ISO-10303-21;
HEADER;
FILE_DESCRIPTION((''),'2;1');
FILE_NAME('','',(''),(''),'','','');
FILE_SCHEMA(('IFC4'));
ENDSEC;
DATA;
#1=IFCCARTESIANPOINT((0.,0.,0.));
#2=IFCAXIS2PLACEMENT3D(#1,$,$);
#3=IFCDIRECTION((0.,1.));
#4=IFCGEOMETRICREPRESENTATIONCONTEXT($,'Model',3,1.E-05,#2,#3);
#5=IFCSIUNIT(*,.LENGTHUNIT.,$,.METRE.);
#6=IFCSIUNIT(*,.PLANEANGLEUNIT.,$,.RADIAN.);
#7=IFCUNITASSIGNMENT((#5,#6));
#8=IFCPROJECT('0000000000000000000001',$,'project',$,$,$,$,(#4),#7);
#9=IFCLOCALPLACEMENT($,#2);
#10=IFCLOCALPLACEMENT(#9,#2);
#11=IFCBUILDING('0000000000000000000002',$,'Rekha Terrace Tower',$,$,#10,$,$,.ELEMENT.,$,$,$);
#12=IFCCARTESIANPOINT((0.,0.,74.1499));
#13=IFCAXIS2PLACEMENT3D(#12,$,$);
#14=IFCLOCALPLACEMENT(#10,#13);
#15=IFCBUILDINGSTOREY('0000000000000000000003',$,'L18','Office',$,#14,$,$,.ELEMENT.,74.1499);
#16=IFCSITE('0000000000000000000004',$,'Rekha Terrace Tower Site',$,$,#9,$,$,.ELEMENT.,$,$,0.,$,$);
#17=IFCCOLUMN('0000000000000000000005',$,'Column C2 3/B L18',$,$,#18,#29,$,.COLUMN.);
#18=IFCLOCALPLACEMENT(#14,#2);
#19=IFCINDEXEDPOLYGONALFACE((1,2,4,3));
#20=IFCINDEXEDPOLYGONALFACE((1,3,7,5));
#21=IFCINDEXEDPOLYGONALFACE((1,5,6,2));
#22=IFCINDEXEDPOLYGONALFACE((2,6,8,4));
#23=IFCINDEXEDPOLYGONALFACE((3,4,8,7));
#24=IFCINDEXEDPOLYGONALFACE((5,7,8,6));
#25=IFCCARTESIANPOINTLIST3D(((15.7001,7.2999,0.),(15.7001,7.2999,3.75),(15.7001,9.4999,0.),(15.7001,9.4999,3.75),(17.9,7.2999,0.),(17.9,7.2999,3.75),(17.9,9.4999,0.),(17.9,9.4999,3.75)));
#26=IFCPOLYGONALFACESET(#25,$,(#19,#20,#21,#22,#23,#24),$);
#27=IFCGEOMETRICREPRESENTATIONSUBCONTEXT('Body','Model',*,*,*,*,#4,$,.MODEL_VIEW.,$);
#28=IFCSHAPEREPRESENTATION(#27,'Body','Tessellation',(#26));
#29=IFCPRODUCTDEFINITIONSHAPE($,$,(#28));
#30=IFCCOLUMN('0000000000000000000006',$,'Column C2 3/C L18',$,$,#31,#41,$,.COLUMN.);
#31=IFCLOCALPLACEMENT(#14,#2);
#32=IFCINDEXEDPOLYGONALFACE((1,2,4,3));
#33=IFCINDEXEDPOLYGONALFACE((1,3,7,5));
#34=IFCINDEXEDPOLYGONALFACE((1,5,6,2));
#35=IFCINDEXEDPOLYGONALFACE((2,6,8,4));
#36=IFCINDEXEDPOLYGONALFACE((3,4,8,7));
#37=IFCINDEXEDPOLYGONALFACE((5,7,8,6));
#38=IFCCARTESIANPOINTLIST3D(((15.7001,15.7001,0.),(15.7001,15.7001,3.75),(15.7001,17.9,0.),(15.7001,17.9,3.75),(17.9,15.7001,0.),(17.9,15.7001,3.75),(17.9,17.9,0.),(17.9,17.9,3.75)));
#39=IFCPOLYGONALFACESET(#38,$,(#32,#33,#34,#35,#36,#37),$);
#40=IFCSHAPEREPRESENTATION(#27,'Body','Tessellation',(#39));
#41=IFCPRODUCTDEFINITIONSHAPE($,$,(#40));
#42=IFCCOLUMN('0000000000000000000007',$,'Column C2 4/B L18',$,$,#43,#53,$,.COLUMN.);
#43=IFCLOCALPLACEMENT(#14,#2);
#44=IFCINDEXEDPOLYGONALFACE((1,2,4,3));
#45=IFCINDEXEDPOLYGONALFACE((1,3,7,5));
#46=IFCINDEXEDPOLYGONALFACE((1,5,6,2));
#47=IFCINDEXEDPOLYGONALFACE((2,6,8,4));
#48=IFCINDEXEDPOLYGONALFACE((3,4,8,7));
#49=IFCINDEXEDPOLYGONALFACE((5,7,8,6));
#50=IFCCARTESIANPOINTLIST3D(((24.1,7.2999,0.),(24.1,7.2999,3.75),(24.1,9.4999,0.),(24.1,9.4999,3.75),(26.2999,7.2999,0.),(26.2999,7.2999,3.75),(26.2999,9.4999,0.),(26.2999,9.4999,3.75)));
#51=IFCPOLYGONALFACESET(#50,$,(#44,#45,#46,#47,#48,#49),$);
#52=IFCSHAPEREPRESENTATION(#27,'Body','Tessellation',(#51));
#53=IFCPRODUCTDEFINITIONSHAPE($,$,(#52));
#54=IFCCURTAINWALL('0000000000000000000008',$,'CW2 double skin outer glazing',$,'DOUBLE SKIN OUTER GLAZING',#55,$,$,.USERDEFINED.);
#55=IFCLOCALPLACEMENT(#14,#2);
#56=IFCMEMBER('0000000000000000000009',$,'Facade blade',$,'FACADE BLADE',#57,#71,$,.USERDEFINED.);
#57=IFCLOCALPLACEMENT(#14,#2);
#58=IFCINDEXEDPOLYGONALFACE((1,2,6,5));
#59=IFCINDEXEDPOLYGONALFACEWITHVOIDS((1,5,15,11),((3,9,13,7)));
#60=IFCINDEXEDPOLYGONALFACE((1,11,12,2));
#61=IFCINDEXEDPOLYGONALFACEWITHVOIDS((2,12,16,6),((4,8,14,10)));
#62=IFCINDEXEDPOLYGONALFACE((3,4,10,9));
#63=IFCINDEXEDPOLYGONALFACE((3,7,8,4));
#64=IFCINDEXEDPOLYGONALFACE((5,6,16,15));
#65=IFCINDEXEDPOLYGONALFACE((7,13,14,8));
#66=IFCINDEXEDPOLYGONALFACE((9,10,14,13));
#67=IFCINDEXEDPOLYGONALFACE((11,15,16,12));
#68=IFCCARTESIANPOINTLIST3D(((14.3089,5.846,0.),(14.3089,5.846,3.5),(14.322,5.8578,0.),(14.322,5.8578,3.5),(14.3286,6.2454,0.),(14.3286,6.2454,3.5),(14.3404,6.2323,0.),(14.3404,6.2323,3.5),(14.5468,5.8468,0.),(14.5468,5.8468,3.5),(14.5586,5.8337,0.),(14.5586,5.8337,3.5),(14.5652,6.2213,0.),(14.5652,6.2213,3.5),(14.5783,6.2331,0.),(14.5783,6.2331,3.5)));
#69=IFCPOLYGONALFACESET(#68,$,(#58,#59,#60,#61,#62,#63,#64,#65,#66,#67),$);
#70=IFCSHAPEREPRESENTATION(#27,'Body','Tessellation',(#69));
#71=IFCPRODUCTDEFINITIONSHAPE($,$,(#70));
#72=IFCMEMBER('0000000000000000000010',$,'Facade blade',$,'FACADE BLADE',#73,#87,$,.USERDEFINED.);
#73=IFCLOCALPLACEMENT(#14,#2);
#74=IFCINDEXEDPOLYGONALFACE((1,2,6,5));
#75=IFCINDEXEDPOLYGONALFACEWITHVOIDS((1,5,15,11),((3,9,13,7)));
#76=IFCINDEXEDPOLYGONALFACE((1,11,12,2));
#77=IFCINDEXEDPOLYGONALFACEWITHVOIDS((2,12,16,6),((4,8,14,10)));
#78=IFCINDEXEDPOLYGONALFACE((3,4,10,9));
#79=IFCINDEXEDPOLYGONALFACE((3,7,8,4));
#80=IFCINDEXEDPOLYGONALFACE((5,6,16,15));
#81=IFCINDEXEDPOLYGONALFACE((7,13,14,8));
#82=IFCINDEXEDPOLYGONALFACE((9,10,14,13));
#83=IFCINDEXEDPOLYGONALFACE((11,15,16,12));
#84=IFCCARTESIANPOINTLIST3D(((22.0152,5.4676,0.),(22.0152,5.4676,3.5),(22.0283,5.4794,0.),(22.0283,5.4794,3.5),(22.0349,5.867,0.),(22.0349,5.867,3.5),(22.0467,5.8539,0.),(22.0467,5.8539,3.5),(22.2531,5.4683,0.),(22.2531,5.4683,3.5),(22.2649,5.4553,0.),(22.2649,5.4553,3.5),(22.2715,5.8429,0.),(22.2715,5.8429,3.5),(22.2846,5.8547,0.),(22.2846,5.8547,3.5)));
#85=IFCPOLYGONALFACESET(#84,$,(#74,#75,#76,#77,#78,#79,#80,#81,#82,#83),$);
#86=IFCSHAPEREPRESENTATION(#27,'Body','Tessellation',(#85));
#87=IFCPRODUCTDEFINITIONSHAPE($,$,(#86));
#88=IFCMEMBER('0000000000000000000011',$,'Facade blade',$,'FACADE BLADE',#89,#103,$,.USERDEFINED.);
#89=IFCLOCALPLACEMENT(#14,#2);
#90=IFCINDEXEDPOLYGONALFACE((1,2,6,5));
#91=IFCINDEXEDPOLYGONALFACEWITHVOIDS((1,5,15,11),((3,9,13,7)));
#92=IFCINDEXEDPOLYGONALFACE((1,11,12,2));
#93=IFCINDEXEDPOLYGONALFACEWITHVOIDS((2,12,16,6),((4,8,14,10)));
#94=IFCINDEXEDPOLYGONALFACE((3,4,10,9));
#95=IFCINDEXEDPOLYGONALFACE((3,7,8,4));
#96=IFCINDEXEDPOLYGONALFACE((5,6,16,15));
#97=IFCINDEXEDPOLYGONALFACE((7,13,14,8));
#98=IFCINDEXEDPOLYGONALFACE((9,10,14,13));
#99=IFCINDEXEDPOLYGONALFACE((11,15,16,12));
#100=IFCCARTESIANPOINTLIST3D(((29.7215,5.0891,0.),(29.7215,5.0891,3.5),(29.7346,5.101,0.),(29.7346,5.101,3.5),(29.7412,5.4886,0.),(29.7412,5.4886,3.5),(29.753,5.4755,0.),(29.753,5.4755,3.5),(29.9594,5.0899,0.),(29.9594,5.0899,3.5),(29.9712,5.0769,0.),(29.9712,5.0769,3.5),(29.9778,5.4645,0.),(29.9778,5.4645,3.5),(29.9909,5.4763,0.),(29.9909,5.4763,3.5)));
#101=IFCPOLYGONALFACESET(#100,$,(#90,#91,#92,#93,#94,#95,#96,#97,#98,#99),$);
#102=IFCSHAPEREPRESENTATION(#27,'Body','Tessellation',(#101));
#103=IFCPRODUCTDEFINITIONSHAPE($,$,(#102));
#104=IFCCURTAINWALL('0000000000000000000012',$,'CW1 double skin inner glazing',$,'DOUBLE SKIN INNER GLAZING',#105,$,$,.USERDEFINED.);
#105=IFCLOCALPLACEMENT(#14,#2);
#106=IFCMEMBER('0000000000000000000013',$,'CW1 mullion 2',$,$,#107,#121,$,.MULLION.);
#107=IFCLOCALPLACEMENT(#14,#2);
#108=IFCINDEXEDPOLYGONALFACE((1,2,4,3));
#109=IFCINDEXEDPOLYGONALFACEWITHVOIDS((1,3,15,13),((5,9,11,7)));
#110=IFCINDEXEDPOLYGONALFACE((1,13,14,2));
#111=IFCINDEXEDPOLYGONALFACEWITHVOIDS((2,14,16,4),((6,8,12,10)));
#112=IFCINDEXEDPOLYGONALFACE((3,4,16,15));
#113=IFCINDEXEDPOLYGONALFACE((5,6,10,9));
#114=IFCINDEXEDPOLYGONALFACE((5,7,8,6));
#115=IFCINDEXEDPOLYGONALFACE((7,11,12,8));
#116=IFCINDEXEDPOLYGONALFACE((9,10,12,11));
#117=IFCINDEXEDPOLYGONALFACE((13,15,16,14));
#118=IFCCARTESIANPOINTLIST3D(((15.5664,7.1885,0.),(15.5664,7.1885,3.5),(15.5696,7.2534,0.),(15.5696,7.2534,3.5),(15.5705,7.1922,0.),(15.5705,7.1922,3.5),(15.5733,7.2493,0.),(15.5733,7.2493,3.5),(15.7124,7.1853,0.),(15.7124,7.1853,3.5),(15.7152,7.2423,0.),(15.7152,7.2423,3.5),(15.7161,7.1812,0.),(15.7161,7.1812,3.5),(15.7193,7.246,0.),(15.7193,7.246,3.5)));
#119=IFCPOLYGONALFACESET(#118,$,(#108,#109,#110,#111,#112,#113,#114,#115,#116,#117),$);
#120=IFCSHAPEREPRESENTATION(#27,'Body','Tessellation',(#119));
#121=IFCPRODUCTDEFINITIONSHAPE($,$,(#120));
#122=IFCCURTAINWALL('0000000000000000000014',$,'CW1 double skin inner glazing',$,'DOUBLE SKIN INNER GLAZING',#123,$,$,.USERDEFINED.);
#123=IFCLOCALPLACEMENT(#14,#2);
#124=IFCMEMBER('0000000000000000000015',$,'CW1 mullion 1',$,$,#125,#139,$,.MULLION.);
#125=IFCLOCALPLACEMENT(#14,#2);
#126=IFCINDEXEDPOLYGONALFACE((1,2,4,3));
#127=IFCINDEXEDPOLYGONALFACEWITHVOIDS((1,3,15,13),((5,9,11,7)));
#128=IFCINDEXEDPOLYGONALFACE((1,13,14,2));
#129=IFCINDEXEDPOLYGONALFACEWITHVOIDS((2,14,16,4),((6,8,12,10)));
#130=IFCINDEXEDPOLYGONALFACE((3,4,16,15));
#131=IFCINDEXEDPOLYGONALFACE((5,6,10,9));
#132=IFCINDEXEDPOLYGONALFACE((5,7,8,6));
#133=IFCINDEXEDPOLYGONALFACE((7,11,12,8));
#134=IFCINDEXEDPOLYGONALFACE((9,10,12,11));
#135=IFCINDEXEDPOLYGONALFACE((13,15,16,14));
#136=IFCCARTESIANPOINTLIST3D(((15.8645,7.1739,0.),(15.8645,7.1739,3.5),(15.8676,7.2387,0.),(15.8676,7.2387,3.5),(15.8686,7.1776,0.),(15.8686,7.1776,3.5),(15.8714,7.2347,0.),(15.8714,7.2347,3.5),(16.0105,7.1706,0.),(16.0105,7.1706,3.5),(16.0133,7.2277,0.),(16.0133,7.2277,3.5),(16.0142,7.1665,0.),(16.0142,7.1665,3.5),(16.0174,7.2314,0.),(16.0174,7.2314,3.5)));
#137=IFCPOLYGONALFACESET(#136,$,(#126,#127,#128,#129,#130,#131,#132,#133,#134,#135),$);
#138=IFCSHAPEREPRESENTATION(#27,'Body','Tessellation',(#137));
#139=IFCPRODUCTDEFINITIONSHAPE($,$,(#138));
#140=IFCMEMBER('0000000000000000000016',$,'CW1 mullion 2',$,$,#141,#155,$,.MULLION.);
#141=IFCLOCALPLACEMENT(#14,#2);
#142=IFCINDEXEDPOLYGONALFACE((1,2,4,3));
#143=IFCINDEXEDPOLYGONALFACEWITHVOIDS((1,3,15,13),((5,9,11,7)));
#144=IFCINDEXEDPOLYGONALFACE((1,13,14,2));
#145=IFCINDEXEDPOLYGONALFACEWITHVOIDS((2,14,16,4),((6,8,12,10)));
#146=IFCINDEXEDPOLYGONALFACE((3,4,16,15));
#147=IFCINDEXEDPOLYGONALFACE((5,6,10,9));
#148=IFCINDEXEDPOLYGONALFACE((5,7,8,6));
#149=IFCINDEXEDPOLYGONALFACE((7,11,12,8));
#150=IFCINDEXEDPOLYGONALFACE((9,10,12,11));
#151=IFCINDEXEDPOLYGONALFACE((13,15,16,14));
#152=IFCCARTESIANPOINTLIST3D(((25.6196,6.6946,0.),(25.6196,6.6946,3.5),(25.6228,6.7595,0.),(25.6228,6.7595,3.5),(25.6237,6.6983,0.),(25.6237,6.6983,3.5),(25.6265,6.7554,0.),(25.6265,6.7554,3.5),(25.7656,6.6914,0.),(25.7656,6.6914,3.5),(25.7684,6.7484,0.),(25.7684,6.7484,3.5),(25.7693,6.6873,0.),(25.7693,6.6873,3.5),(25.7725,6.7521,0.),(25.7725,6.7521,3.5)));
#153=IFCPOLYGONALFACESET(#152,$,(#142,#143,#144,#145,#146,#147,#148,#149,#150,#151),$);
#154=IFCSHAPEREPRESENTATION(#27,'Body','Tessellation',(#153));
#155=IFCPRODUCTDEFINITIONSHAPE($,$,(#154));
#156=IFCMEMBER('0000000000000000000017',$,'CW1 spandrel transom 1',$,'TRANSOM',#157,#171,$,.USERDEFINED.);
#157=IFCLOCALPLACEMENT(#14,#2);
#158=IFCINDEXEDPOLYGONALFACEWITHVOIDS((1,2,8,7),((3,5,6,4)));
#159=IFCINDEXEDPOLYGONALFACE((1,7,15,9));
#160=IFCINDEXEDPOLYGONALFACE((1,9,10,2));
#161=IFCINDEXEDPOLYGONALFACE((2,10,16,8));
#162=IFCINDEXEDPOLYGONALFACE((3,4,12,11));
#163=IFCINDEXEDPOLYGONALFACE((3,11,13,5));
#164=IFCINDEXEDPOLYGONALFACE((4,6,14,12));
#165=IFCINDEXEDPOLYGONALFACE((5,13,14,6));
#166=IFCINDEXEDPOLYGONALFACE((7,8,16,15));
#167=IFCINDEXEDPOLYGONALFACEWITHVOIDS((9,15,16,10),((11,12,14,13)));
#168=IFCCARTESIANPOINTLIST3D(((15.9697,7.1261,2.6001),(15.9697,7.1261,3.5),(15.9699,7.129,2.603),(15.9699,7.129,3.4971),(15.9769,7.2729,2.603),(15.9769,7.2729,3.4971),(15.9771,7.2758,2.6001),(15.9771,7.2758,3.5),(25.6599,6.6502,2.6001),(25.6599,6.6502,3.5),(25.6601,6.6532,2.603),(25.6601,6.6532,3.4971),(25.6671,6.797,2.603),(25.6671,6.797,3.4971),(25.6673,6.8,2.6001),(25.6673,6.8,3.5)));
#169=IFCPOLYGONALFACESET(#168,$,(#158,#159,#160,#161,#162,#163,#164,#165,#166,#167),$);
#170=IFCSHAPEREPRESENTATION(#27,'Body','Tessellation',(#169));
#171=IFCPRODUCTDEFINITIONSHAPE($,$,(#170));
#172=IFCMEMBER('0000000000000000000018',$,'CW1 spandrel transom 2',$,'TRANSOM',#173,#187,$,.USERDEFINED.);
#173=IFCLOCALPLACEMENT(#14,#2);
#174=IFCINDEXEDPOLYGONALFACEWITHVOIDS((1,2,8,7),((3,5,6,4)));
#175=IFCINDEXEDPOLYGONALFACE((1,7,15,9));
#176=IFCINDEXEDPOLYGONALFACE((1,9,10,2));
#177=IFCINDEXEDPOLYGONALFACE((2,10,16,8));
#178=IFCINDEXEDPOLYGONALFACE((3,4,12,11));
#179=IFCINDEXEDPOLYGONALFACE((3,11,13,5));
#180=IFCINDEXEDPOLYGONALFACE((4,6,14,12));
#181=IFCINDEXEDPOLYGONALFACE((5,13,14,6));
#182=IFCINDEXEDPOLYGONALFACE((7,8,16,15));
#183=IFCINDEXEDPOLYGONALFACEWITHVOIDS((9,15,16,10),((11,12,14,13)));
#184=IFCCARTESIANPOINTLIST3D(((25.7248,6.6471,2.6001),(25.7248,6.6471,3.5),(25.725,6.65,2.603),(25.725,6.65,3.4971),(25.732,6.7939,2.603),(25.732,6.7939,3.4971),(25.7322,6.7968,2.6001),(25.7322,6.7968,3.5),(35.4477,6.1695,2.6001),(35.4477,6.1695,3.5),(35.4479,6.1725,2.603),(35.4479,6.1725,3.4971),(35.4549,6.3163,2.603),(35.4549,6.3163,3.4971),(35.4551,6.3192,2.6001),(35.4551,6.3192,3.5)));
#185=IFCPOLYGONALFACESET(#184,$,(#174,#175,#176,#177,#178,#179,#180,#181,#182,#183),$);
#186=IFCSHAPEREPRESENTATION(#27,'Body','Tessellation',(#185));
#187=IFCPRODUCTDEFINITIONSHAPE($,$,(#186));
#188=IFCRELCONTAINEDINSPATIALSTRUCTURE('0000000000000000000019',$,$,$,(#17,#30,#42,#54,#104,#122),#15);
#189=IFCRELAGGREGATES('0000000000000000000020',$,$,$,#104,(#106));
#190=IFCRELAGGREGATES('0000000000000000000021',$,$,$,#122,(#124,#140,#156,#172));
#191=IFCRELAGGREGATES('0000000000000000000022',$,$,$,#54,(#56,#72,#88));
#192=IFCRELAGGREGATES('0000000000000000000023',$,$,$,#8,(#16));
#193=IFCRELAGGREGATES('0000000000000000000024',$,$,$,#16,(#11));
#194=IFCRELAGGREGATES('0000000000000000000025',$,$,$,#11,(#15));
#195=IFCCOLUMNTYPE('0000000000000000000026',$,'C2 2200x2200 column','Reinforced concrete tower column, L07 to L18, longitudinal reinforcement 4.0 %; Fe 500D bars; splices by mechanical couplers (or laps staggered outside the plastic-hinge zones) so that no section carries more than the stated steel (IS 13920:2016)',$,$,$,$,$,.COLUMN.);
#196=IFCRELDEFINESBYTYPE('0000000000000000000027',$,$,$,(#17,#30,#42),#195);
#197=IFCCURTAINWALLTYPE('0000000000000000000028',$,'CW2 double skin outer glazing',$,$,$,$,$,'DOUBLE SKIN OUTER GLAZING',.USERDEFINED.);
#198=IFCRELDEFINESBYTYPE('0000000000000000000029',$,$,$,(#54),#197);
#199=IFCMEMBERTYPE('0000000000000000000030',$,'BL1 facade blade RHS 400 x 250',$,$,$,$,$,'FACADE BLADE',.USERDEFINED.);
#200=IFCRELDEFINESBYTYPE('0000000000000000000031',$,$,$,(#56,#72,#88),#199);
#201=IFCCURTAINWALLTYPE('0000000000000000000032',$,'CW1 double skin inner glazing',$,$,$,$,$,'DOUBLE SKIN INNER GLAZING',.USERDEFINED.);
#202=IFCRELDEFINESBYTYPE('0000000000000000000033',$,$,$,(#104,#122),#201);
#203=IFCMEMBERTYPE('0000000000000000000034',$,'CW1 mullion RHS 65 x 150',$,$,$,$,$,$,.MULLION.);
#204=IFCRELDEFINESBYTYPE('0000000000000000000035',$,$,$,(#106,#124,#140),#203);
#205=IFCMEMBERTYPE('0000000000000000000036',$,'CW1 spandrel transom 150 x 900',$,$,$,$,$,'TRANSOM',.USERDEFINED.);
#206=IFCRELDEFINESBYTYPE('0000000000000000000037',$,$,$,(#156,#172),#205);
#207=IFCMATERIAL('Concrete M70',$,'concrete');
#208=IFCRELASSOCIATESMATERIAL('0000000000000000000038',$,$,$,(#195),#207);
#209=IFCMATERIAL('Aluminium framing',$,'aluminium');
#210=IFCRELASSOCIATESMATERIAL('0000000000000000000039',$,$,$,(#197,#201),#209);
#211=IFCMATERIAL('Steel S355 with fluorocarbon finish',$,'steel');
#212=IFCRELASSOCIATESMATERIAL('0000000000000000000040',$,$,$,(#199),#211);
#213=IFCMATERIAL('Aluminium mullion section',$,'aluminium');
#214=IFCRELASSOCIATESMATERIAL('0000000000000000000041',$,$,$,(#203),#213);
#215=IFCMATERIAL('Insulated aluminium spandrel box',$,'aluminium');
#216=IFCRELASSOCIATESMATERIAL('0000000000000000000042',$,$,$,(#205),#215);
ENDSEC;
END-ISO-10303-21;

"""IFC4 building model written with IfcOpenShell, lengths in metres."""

from ifc_helpers import new_model, si_unit, direction, frame, origin, origin_2d, place, context, subcontext, project, spatial, rectangle, hollow_rectangle, extrude, material, material_profile, profile_set, type_object, element, aggregate, save


model = new_model("IFC4")

# Units and contexts
model_context = context("Model", 3, precision=1e-05, world=origin(), true_north=direction((0.0, 1.0)))
body_context = subcontext(model_context, "Body", "Model", "MODEL_VIEW")
ifc_project = project(units=[si_unit("LENGTHUNIT", "METRE"), si_unit("PLANEANGLEUNIT", "RADIAN")], contexts=[model_context])

# Site, building, storey
site_placement = place(None, origin())
site = spatial("IfcSite", under=ifc_project, at=site_placement, Name="Rekha Terrace Tower Site", CompositionType="ELEMENT", RefElevation=0.0)
building_placement = place(site_placement, origin())
building = spatial("IfcBuilding", under=site, at=building_placement, Name="Rekha Terrace Tower", CompositionType="ELEMENT")
storey_placement = place(building_placement, frame((0.0, 0.0, 74.1499)))
storey = spatial("IfcBuildingStorey", under=building, at=storey_placement, Name="L18", Description="Office", CompositionType="ELEMENT", Elevation=74.1499)

# Columns
ifc_material_1 = material(Name="Concrete M70", Category="concrete")
ifc_material_profile_1 = material_profile(ifc_material_1, rectangle(XDim=2.2, YDim=2.2, at=origin_2d()), Name="RC 2200x2200")
ifc_profile_set_1 = profile_set([ifc_material_profile_1], Name="Concrete M70")
column_type = type_object("IfcColumnType", Name="C2 2200x2200 column", Description="Reinforced concrete tower column, L07 to L18, longitudinal reinforcement 4.0 %; Fe 500D bars; splices by mechanical couplers (or laps staggered outside the plastic-hinge zones) so that no section carries more than the stated steel (IS 13920:2016)", PredefinedType="COLUMN", material=ifc_profile_set_1)
for number, where, z_axis, x_axis, name in (
    (1, (16.8, 8.3999, 0.0), (0.0, 0.0, 1.0), (1.0, 0.0, 0.0), "Column C2 3/B L18"),
    (2, (16.8, 16.8, 0.0), (0.0, 0.0, 1.0), (1.0, 0.0, 0.0), "Column C2 3/C L18"),
    (3, (25.2, 8.3999, 0.0), (0.0, 0.0, 1.0), (1.0, 0.0, 0.0), "Column C2 4/B L18"),
):
    element("IfcColumn", number, at=place(storey_placement, frame(where, z_axis=z_axis, x_axis=x_axis)), inside=storey, type_object=column_type, Name=name, PredefinedType="COLUMN", context=body_context, shape_type="SweptSolid", body=[
        extrude(rectangle(XDim=2.2, YDim=2.2, at=origin_2d()), origin(), (0.0, 0.0, 1.0), 3.75),
    ])

# Curtain wall, members
ifc_material_2 = material(Name="Aluminium framing", Category="aluminium")
curtain_wall_type_1 = type_object("IfcCurtainWallType", Name="CW2 double skin outer glazing", ElementType="DOUBLE SKIN OUTER GLAZING", PredefinedType="USERDEFINED", material=ifc_material_2)
curtain_wall_1_placement = place(storey_placement, origin())
curtain_wall_1 = element("IfcCurtainWall", 4, at=curtain_wall_1_placement, inside=storey, type_object=curtain_wall_type_1, Name="CW2 double skin outer glazing", ObjectType="DOUBLE SKIN OUTER GLAZING", PredefinedType="USERDEFINED")
ifc_material_3 = material(Name="Steel S355 with fluorocarbon finish", Category="steel")
ifc_material_profile_2 = material_profile(ifc_material_3, hollow_rectangle(XDim=0.25, YDim=0.3999, WallThickness=0.0125, at=origin_2d()), Name="RHS400x250x12.5")
ifc_profile_set_2 = profile_set([ifc_material_profile_2], Name="Steel S355 with fluorocarbon finish")
member_type_1 = type_object("IfcMemberType", Name="BL1 facade blade RHS 400 x 250", ElementType="FACADE BLADE", PredefinedType="USERDEFINED", material=ifc_profile_set_2)
member_1_placement = place(storey_placement, frame((14.4436, 6.0396, 0.0), z_axis=(0.0, 0.0, 1.0), x_axis=(0.998796, -0.049052, 0.0)))
member_1 = element("IfcMember", 5, at=member_1_placement, type_object=member_type_1, Name="Facade blade", ObjectType="FACADE BLADE", PredefinedType="USERDEFINED", context=body_context, shape_type="SweptSolid", body=[
    extrude(hollow_rectangle(XDim=0.25, YDim=0.3999, WallThickness=0.0125, at=origin_2d()), origin(), (0.0, 0.0, 1.0), 3.5),
])
member_2_placement = place(storey_placement, frame((22.1499, 5.6611, 0.0), z_axis=(0.0, 0.0, 1.0), x_axis=(0.998796, -0.049052, 0.0)))
member_2 = element("IfcMember", 6, at=member_2_placement, type_object=member_type_1, Name="Facade blade", ObjectType="FACADE BLADE", PredefinedType="USERDEFINED", context=body_context, shape_type="SweptSolid", body=[
    extrude(hollow_rectangle(XDim=0.25, YDim=0.3999, WallThickness=0.0125, at=origin_2d()), origin(), (0.0, 0.0, 1.0), 3.5),
])
member_3_placement = place(storey_placement, frame((29.8562, 5.2827, 0.0), z_axis=(0.0, 0.0, 1.0), x_axis=(0.998796, -0.049052, 0.0)))
member_3 = element("IfcMember", 7, at=member_3_placement, type_object=member_type_1, Name="Facade blade", ObjectType="FACADE BLADE", PredefinedType="USERDEFINED", context=body_context, shape_type="SweptSolid", body=[
    extrude(hollow_rectangle(XDim=0.25, YDim=0.3999, WallThickness=0.0125, at=origin_2d()), origin(), (0.0, 0.0, 1.0), 3.5),
])

# Curtain wall, member
curtain_wall_type_2 = type_object("IfcCurtainWallType", Name="CW1 double skin inner glazing", ElementType="DOUBLE SKIN INNER GLAZING", PredefinedType="USERDEFINED", material=ifc_material_2)
curtain_wall_2_placement = place(storey_placement, origin())
curtain_wall_2 = element("IfcCurtainWall", 8, at=curtain_wall_2_placement, inside=storey, type_object=curtain_wall_type_2, Name="CW1 double skin inner glazing", ObjectType="DOUBLE SKIN INNER GLAZING", PredefinedType="USERDEFINED")
ifc_material_4 = material(Name="Aluminium mullion section", Category="aluminium")
ifc_material_profile_3 = material_profile(ifc_material_4, hollow_rectangle(XDim=0.0649, YDim=0.1499, WallThickness=0.0039, at=origin_2d()), Name="AL RHS 65x150")
ifc_profile_set_3 = profile_set([ifc_material_profile_3], Name="Aluminium mullion section")
member_type_2 = type_object("IfcMemberType", Name="CW1 mullion RHS 65 x 150", PredefinedType="MULLION", material=ifc_profile_set_3)
member_4_placement = place(storey_placement, frame((15.6428, 7.2173, 0.0), z_axis=(0.0, 0.0, 1.0), x_axis=(0.049052, 0.998796, 0.0)))
member_4 = element("IfcMember", 9, at=member_4_placement, type_object=member_type_2, Name="CW1 mullion 2", PredefinedType="MULLION", context=body_context, shape_type="SweptSolid", body=[
    extrude(hollow_rectangle(XDim=0.0649, YDim=0.1499, WallThickness=0.0039, at=origin_2d()), origin(), (0.0, 0.0, 1.0), 3.5),
])
aggregate(curtain_wall_2, [member_4])

# Curtain wall, members
curtain_wall_3_placement = place(storey_placement, origin())
curtain_wall_3 = element("IfcCurtainWall", 10, at=curtain_wall_3_placement, inside=storey, type_object=curtain_wall_type_2, Name="CW1 double skin inner glazing", ObjectType="DOUBLE SKIN INNER GLAZING", PredefinedType="USERDEFINED")
member_5_placement = place(storey_placement, frame((15.9409, 7.2026, 0.0), z_axis=(0.0, 0.0, 1.0), x_axis=(0.049052, 0.998796, 0.0)))
member_5 = element("IfcMember", 11, at=member_5_placement, type_object=member_type_2, Name="CW1 mullion 1", PredefinedType="MULLION", context=body_context, shape_type="SweptSolid", body=[
    extrude(hollow_rectangle(XDim=0.0649, YDim=0.1499, WallThickness=0.0039, at=origin_2d()), origin(), (0.0, 0.0, 1.0), 3.5),
])
member_6_placement = place(storey_placement, frame((25.696, 6.7234, 0.0), z_axis=(0.0, 0.0, 1.0), x_axis=(0.049052, 0.998796, 0.0)))
member_6 = element("IfcMember", 12, at=member_6_placement, type_object=member_type_2, Name="CW1 mullion 2", PredefinedType="MULLION", context=body_context, shape_type="SweptSolid", body=[
    extrude(hollow_rectangle(XDim=0.0649, YDim=0.1499, WallThickness=0.0039, at=origin_2d()), origin(), (0.0, 0.0, 1.0), 3.5),
])
ifc_material_5 = material(Name="Insulated aluminium spandrel box", Category="aluminium")
ifc_material_profile_4 = material_profile(ifc_material_5, hollow_rectangle(XDim=0.1499, YDim=0.8999, WallThickness=0.0029, at=origin_2d()), Name="AL SPANDREL BOX 150x900")
ifc_profile_set_4 = profile_set([ifc_material_profile_4], Name="Insulated aluminium spandrel box")
member_type_3 = type_object("IfcMemberType", Name="CW1 spandrel transom 150 x 900", ElementType="TRANSOM", PredefinedType="USERDEFINED", material=ifc_profile_set_4)
member_7_placement = place(storey_placement, frame((15.9734, 7.2009, 3.05), z_axis=(0.998797, -0.049045, 0.0), x_axis=(0.049045, 0.998797, 0.0)))
member_7 = element("IfcMember", 13, at=member_7_placement, type_object=member_type_3, Name="CW1 spandrel transom 1", ObjectType="TRANSOM", PredefinedType="USERDEFINED", context=body_context, shape_type="SweptSolid", body=[
    extrude(hollow_rectangle(XDim=0.1499, YDim=0.8999, WallThickness=0.0029, at=origin_2d()), origin(), (0.0, 0.0, 1.0), 9.7019),
])
member_8_placement = place(storey_placement, frame((25.7285, 6.7219, 3.05), z_axis=(0.998796, -0.049056, 0.0), x_axis=(0.049056, 0.998796, 0.0)))
member_8 = element("IfcMember", 14, at=member_8_placement, type_object=member_type_3, Name="CW1 spandrel transom 2", ObjectType="TRANSOM", PredefinedType="USERDEFINED", context=body_context, shape_type="SweptSolid", body=[
    extrude(hollow_rectangle(XDim=0.1499, YDim=0.8999, WallThickness=0.0029, at=origin_2d()), origin(), (0.0, 0.0, 1.0), 9.7346),
])

aggregate(curtain_wall_3, [member_5, member_6, member_7, member_8])
aggregate(curtain_wall_1, [member_1, member_2, member_3])

save(model, "model.ifc")
